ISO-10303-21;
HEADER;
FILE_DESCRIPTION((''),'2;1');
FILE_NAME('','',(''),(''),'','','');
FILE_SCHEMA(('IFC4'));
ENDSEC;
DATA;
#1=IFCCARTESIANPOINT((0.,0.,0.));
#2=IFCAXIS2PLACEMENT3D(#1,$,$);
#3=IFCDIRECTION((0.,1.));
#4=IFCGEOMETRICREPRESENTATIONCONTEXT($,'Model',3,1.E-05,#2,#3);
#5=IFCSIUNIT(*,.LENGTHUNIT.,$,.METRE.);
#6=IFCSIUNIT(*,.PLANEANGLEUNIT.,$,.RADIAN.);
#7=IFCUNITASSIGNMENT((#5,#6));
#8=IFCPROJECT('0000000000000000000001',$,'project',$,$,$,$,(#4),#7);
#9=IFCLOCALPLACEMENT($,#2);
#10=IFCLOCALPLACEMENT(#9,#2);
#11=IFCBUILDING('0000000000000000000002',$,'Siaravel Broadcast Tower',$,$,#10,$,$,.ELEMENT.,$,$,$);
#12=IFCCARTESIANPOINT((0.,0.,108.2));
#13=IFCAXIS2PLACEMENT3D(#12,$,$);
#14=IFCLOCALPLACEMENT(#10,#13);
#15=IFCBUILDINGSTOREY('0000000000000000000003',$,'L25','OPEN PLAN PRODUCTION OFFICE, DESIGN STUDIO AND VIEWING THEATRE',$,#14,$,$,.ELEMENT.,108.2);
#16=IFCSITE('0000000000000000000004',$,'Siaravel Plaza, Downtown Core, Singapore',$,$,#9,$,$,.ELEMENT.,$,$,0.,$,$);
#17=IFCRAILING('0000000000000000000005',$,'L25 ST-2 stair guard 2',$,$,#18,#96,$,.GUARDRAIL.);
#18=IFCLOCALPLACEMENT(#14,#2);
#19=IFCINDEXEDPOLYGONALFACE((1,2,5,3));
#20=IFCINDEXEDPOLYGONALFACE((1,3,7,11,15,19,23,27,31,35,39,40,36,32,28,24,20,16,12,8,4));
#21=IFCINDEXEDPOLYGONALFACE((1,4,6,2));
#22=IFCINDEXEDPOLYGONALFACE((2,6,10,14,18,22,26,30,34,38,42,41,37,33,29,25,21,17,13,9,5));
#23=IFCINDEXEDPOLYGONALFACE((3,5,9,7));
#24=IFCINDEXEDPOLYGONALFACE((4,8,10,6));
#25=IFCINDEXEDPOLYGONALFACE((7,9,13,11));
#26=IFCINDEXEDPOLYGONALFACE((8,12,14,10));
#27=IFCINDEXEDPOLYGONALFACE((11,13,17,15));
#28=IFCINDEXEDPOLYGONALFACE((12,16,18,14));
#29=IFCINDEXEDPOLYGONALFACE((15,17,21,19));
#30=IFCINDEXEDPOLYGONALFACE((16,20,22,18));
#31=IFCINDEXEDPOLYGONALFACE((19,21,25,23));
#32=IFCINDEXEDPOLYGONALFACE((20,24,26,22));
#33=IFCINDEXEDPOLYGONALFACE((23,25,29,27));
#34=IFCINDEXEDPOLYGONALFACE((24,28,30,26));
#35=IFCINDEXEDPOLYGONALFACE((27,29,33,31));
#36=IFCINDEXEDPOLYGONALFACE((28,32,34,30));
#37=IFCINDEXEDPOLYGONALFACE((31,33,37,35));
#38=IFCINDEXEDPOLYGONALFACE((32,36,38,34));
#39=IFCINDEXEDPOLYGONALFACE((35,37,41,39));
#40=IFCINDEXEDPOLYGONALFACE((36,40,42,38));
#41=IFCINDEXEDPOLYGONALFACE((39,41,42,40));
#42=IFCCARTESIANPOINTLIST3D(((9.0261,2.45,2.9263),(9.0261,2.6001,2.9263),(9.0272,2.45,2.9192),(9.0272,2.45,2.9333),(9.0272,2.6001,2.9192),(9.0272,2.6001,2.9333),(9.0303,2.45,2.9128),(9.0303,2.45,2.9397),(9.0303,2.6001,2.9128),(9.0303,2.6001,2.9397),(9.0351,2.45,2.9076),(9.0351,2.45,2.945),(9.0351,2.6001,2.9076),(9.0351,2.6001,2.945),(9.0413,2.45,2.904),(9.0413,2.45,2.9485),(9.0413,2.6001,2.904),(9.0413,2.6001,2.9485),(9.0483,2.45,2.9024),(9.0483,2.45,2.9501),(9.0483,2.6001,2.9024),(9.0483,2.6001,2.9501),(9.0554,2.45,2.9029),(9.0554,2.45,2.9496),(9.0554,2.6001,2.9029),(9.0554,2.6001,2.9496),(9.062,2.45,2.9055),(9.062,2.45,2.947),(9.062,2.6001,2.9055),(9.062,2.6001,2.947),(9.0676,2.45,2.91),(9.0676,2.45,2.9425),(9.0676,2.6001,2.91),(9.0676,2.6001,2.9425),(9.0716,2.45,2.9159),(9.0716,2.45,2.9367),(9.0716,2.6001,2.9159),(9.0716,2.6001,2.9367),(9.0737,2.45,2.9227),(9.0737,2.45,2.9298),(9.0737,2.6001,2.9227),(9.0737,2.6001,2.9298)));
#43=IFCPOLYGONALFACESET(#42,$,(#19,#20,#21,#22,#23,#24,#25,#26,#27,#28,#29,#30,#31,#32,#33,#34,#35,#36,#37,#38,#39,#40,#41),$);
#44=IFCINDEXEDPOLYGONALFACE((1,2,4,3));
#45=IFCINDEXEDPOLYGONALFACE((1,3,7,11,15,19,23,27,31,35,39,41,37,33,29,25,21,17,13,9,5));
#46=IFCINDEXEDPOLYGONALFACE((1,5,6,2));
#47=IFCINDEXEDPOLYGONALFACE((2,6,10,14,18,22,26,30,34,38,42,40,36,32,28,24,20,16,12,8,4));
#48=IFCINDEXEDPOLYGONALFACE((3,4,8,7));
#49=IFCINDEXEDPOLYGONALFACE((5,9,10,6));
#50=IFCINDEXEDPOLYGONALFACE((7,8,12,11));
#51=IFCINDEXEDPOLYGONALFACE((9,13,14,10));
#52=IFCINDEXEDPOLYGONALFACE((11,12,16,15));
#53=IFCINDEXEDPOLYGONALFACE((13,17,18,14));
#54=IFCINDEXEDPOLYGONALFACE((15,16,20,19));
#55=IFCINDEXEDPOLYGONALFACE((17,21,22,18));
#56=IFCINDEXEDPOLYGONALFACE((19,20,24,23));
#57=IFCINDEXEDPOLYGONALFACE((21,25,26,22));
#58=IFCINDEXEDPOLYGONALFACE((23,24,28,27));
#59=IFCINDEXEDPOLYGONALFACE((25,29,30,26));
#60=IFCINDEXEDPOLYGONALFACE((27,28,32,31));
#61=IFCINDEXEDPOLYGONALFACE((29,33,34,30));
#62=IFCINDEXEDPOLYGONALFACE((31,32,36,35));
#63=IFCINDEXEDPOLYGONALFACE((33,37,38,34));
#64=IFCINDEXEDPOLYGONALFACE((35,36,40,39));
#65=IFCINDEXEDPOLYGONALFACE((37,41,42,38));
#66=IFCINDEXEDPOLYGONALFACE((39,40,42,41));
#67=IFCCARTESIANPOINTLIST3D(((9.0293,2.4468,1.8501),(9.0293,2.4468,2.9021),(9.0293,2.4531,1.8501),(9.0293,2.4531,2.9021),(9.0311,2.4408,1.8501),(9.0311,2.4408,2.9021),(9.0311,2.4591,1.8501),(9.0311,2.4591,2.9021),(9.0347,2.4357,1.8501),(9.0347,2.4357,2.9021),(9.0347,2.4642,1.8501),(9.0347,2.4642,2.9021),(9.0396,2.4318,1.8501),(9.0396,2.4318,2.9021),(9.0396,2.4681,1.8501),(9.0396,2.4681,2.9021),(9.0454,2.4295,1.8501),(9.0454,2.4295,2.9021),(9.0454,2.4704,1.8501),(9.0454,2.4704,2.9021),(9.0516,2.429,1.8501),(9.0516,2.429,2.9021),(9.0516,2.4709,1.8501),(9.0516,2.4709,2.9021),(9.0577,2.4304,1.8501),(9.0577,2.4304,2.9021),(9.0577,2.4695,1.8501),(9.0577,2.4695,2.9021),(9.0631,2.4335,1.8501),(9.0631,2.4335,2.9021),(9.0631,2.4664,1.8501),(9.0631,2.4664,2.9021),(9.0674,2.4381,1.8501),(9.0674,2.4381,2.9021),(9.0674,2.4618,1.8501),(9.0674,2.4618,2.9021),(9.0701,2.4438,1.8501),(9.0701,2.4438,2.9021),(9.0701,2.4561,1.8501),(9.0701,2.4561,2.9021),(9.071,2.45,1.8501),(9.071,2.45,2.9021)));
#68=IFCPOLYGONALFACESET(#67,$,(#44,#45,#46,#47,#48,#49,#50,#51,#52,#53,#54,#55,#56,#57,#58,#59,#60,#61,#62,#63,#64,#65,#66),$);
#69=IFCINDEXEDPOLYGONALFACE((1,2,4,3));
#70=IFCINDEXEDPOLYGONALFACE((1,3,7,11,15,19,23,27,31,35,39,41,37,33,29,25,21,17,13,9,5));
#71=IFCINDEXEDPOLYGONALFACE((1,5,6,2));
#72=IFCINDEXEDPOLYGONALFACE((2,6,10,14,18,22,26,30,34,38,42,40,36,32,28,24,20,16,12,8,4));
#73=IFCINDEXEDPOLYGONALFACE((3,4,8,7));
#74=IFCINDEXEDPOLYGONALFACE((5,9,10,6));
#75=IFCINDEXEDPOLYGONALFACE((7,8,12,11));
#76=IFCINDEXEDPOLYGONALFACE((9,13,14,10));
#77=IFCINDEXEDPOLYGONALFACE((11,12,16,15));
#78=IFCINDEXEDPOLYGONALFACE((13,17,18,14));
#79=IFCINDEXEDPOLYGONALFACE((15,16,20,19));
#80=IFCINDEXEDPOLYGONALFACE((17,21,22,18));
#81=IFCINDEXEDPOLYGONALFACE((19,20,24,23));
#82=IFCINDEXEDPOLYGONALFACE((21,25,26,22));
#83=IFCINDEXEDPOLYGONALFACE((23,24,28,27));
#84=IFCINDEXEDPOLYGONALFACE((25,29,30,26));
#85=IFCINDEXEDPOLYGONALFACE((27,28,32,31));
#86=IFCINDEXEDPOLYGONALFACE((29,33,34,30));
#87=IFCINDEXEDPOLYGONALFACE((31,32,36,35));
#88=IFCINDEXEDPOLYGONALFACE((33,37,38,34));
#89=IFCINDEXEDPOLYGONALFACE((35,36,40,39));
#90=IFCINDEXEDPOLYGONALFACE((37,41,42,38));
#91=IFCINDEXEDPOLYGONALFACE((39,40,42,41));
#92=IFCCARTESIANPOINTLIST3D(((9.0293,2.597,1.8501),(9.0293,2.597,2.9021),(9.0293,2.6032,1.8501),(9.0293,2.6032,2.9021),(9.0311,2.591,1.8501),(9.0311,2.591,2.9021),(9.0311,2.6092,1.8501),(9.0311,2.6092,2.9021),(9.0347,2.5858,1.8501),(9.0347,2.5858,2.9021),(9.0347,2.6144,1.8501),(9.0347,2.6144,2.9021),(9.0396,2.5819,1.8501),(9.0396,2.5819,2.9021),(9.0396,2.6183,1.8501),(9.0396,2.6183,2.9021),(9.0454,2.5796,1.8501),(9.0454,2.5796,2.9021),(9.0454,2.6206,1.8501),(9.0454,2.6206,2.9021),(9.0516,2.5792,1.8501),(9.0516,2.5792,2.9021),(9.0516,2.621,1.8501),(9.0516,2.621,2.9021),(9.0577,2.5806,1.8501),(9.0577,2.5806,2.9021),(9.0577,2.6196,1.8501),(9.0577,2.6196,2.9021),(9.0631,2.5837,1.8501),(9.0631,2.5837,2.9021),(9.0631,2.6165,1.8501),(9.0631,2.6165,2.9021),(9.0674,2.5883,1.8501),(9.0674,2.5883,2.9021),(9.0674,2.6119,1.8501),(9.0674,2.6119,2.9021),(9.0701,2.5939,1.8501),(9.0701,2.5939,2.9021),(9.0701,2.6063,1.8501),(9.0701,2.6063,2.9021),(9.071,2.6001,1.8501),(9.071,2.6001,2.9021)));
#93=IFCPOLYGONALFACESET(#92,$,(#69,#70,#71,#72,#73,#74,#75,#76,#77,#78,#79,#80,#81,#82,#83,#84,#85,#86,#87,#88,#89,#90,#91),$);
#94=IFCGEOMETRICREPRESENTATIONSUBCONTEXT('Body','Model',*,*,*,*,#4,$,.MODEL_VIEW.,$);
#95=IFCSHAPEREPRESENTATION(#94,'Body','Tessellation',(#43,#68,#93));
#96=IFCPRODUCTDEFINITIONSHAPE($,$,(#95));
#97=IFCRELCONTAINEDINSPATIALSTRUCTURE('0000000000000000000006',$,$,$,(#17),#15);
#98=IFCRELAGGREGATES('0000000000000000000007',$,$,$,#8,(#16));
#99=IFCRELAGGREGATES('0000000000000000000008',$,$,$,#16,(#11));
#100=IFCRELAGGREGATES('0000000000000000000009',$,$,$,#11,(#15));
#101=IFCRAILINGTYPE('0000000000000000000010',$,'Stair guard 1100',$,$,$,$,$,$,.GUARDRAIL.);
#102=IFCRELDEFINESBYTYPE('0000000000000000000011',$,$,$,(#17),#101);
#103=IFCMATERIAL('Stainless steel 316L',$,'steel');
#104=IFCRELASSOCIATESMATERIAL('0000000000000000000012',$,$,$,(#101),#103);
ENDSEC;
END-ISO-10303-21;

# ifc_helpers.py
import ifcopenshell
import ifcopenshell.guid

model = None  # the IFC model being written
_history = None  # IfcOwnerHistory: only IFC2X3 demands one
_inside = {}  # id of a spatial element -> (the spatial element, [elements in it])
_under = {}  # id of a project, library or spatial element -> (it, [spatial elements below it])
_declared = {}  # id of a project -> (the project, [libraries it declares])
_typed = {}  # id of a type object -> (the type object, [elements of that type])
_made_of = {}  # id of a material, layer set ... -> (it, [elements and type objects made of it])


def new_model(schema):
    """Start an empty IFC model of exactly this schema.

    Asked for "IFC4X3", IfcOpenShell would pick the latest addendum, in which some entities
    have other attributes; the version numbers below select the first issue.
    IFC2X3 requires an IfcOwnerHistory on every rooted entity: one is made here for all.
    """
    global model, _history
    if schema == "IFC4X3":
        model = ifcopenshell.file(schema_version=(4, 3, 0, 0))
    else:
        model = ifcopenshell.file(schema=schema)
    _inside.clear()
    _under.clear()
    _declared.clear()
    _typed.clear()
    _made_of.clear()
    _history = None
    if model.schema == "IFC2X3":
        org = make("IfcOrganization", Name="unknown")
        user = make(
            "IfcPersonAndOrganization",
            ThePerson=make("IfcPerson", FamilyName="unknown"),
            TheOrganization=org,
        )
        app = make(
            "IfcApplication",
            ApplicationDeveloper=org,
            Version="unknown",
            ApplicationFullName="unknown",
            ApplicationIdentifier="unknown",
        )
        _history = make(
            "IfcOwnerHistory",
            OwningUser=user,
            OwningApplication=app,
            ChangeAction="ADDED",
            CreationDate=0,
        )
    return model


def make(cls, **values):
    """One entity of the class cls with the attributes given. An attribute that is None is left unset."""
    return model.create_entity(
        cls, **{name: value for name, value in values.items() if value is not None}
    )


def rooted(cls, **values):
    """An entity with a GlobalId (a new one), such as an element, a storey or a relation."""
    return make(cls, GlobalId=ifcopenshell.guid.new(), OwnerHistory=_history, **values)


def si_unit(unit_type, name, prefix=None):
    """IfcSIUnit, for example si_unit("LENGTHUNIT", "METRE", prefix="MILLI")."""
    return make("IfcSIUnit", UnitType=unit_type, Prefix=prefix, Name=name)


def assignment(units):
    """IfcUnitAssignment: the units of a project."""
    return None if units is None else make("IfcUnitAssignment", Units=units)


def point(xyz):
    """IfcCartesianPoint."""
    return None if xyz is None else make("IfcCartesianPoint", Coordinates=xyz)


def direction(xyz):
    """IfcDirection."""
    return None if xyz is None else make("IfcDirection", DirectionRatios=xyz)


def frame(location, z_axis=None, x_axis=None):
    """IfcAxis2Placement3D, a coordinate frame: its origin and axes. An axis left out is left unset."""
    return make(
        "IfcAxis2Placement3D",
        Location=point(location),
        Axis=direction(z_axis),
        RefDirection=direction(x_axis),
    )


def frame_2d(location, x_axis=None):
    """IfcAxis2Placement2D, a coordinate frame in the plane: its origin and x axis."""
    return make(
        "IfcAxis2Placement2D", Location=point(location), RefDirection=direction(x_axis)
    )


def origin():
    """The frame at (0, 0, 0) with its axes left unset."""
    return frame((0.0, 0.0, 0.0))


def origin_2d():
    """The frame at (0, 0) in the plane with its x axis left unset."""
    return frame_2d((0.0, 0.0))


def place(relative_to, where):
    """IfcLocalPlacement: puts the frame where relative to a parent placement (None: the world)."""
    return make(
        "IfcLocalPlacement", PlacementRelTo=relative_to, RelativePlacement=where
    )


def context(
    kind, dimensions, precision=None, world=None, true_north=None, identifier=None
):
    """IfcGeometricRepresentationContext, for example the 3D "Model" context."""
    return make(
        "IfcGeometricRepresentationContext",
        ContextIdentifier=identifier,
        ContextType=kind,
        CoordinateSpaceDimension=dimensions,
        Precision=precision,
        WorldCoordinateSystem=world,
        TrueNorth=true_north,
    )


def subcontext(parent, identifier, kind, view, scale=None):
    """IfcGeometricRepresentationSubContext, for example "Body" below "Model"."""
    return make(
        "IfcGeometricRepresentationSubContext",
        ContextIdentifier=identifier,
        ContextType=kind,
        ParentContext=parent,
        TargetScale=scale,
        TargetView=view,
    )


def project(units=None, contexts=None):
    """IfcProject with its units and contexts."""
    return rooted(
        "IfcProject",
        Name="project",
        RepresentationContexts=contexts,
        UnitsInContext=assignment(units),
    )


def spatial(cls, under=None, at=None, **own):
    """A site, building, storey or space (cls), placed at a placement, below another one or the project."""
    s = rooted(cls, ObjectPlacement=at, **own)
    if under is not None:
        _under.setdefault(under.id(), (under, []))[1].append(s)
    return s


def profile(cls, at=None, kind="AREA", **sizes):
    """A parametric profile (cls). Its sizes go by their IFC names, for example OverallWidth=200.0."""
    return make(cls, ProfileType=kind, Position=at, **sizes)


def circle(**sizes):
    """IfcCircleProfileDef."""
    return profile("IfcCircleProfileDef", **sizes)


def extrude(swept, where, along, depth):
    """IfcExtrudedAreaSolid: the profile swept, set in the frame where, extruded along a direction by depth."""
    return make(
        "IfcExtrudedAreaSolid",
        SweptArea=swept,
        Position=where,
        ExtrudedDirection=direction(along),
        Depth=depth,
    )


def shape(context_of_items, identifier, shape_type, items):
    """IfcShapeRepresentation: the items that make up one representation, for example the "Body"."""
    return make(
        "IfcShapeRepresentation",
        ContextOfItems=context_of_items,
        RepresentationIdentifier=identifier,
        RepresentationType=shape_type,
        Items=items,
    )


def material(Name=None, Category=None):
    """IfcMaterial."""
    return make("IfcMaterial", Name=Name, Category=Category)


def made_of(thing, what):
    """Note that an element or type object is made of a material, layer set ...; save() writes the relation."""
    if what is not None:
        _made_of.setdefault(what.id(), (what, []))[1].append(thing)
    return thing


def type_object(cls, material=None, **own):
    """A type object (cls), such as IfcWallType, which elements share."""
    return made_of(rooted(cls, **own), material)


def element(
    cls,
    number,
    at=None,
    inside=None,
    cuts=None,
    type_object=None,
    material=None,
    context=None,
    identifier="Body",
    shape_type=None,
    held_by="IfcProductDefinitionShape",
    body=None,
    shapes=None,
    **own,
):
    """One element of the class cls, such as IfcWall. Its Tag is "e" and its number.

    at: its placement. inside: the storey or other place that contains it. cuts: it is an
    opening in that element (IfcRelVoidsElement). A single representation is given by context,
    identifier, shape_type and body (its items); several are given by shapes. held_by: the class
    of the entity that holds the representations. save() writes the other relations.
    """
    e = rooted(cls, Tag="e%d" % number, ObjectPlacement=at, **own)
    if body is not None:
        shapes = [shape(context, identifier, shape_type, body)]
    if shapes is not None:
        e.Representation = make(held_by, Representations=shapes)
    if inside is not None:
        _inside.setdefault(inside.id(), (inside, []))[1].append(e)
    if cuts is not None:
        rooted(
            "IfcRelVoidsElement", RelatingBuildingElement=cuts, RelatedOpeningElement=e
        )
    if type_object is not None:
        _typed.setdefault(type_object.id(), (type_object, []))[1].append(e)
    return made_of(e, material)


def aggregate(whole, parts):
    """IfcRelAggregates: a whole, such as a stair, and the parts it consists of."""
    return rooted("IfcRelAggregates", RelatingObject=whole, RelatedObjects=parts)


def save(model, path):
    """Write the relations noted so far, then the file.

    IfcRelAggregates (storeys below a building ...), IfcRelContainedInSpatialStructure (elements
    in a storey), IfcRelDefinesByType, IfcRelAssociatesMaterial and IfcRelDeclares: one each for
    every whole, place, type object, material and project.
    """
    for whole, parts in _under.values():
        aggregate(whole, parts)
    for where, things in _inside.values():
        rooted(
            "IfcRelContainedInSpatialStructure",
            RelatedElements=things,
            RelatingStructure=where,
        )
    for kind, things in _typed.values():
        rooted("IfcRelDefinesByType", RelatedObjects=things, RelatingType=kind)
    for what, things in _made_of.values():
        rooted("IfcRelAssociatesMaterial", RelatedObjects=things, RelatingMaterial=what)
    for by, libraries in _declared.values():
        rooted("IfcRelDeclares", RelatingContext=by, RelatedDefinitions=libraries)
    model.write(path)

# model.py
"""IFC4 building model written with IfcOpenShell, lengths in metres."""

from ifc_helpers import new_model, si_unit, direction, frame, origin, origin_2d, place, context, subcontext, project, spatial, circle, extrude, material, type_object, element, save


model = new_model("IFC4")

# Units and contexts
model_context = context("Model", 3, precision=1e-05, world=origin(), true_north=direction((0.0, 1.0)))
body_context = subcontext(model_context, "Body", "Model", "MODEL_VIEW")
ifc_project = project(units=[si_unit("LENGTHUNIT", "METRE"), si_unit("PLANEANGLEUNIT", "RADIAN")], contexts=[model_context])

# Site, building, storey
site_placement = place(None, origin())
site = spatial("IfcSite", under=ifc_project, at=site_placement, Name="Siaravel Plaza, Downtown Core, Singapore", CompositionType="ELEMENT", RefElevation=0.0)
building_placement = place(site_placement, origin())
building = spatial("IfcBuilding", under=site, at=building_placement, Name="Siaravel Broadcast Tower", CompositionType="ELEMENT")
storey_placement = place(building_placement, frame((0.0, 0.0, 108.2)))
storey = spatial("IfcBuildingStorey", under=building, at=storey_placement, Name="L25", Description="OPEN PLAN PRODUCTION OFFICE, DESIGN STUDIO AND VIEWING THEATRE", CompositionType="ELEMENT", Elevation=108.2)

# Railing
ifc_material_1 = material(Name="Stainless steel 316L", Category="steel")
railing_type_1 = type_object("IfcRailingType", Name="Stair guard 1100", PredefinedType="GUARDRAIL", material=ifc_material_1)
railing_1_placement = place(storey_placement, frame((9.05, 2.45, 1.8501)))
element("IfcRailing", 1, at=railing_1_placement, inside=storey, type_object=railing_type_1, Name="L25 ST-2 stair guard 2", PredefinedType="GUARDRAIL", context=body_context, shape_type="SweptSolid", body=[
    extrude(circle(Radius=0.0239, at=origin_2d()), frame((0.0, 0.0, 1.0762), z_axis=(0.0, 1.0, 0.0), x_axis=(-1.0, 0.0, 0.0)), (0.0, 0.0, 1.0), 0.1501),
    extrude(circle(Radius=0.021, at=origin_2d()), origin(), (0.0, 0.0, 1.0), 1.052),
    extrude(circle(Radius=0.021, at=origin_2d()), frame((0.0, 0.1501, 0.0)), (0.0, 0.0, 1.0), 1.052),
])

save(model, "model.ifc")
